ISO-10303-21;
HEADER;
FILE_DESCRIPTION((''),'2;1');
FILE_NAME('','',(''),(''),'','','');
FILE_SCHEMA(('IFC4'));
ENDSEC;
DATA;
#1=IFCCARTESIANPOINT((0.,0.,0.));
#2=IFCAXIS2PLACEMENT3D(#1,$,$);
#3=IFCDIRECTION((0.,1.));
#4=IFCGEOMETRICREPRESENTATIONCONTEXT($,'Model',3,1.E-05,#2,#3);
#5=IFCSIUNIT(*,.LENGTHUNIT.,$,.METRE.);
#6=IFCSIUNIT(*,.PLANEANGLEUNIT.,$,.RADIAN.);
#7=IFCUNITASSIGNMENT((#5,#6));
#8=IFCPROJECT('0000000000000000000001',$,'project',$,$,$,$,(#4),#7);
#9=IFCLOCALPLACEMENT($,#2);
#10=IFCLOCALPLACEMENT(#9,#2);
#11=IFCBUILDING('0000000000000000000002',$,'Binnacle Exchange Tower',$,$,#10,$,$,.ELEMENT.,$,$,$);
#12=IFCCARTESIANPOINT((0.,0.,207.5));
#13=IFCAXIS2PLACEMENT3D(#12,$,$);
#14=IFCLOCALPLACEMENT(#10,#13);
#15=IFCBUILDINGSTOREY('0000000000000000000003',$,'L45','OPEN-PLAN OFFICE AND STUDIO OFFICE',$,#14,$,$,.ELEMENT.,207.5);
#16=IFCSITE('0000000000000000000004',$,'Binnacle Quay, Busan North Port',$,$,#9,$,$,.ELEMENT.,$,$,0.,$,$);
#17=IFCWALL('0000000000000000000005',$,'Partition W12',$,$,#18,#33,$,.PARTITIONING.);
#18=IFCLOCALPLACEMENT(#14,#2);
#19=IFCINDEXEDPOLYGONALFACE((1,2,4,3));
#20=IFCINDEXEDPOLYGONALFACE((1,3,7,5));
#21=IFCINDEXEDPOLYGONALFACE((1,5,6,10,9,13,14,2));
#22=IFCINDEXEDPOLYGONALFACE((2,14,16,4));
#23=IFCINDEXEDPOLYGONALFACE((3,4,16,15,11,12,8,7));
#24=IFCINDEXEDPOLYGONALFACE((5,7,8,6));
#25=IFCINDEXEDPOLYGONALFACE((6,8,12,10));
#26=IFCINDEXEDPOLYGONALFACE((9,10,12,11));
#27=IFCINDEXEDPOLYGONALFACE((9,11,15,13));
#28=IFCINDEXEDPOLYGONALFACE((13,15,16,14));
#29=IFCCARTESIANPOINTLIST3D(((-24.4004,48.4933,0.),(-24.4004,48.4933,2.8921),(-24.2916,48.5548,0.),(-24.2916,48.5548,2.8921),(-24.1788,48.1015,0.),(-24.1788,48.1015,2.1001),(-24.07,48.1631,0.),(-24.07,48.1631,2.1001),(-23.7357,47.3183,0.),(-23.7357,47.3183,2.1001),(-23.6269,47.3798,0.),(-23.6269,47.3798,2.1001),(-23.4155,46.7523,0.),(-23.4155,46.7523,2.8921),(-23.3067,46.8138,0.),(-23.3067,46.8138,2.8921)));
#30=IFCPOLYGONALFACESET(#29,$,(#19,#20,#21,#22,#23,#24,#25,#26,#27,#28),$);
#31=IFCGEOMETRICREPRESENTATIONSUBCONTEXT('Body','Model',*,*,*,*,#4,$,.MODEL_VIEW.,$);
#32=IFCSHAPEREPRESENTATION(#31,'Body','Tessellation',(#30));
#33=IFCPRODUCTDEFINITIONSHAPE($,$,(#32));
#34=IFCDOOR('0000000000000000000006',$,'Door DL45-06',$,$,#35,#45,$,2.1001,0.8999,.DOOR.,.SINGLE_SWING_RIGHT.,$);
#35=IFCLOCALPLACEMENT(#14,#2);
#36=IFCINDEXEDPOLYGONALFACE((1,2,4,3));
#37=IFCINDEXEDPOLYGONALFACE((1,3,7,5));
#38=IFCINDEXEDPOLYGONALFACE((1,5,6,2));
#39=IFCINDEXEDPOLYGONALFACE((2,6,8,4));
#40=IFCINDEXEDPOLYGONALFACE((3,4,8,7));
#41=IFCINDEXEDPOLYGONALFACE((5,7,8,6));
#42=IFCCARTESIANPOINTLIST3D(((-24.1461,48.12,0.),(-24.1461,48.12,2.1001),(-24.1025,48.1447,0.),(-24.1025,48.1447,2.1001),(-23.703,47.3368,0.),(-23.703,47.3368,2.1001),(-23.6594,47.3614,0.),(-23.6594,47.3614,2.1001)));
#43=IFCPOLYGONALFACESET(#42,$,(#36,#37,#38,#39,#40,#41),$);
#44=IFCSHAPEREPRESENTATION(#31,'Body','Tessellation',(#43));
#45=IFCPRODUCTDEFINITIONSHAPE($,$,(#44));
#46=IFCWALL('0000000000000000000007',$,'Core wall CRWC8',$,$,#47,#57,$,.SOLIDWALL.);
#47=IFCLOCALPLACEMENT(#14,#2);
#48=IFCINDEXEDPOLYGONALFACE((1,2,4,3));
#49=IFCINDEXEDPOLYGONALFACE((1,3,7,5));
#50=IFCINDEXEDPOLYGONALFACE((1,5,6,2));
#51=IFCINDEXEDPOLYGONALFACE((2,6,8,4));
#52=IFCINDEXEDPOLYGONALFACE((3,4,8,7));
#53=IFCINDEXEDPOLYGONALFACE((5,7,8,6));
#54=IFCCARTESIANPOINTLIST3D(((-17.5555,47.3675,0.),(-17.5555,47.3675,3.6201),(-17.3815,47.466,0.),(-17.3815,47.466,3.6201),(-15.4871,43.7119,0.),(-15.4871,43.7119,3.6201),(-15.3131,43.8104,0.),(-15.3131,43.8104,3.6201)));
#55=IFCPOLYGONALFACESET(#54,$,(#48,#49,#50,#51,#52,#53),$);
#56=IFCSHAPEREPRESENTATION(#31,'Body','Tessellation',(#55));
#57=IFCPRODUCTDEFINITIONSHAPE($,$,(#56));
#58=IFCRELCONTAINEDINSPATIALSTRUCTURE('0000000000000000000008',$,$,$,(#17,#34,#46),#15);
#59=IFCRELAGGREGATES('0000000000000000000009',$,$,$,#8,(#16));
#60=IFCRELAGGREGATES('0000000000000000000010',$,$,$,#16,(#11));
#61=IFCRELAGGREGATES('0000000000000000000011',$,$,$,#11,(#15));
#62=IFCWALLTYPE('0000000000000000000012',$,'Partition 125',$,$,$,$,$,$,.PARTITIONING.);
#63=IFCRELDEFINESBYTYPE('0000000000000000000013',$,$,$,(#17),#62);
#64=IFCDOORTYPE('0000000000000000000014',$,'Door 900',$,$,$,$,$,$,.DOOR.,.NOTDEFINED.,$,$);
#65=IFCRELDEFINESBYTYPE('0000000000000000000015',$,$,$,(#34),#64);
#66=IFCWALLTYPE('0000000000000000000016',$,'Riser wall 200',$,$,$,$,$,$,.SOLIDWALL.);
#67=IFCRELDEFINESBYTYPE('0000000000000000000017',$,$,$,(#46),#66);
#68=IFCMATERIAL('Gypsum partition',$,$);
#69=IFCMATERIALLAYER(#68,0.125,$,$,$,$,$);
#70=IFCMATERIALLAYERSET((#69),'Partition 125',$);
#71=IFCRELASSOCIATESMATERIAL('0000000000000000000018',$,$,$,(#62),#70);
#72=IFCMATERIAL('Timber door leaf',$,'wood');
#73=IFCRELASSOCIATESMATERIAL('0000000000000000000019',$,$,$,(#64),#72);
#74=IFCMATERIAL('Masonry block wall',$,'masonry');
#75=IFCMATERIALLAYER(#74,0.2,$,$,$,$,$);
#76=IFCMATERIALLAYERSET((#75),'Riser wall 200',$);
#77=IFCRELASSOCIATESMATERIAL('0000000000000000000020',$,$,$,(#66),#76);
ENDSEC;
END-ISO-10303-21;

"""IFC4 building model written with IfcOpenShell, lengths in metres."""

from ifc_helpers import new_model, si_unit, direction, frame, frame_2d, origin, place, context, subcontext, project, spatial, rectangle, extrude, material, layer, layer_set, type_object, element, fill, save


model = new_model("IFC4")

# Units and contexts
model_context = context("Model", 3, precision=1e-05, world=origin(), true_north=direction((0.0, 1.0)))
body_context = subcontext(model_context, "Body", "Model", "MODEL_VIEW")
ifc_project = project(units=[si_unit("LENGTHUNIT", "METRE"), si_unit("PLANEANGLEUNIT", "RADIAN")], contexts=[model_context])

# Site, building, storey
site_placement = place(None, origin())
site = spatial("IfcSite", under=ifc_project, at=site_placement, Name="Binnacle Quay, Busan North Port", CompositionType="ELEMENT", RefElevation=0.0)
building_placement = place(site_placement, origin())
building = spatial("IfcBuilding", under=site, at=building_placement, Name="Binnacle Exchange Tower", CompositionType="ELEMENT")
storey_placement = place(building_placement, frame((0.0, 0.0, 207.5)))
storey = spatial("IfcBuildingStorey", under=building, at=storey_placement, Name="L45", Description="OPEN-PLAN OFFICE AND STUDIO OFFICE", CompositionType="ELEMENT", Elevation=207.5)

# Shared definitions
ifc_material_1 = material(Name="Gypsum partition")
ifc_layer_1 = layer(ifc_material_1, 0.125)
ifc_layer_set_1 = layer_set([ifc_layer_1], Name="Partition 125")
wall_type_1 = type_object("IfcWallType", Name="Partition 125", PredefinedType="PARTITIONING", material=ifc_layer_set_1)

# Wall, opening, door
wall_1_placement = place(storey_placement, frame((-24.3459, 48.5239, 0.0), z_axis=(0.0, 0.0, 1.0), x_axis=(0.492375, -0.870383, 0.0)))
wall_1 = element("IfcWall", 1, at=wall_1_placement, inside=storey, type_object=wall_type_1, Name="Partition W12", PredefinedType="PARTITIONING", context=body_context, shape_type="SweptSolid", body=[
    extrude(rectangle(XDim=2.0002, YDim=0.125, at=frame_2d((1.0, 0.0))), origin(), (0.0, 0.0, 1.0), 2.8921),
])
opening_1_placement = place(wall_1_placement, frame((0.45, 0.0, 0.0)))
opening_1 = element("IfcOpeningElement", 2, at=opening_1_placement, cuts=wall_1, PredefinedType="OPENING", context=body_context, shape_type="SweptSolid", body=[
    extrude(rectangle(XDim=0.8999, YDim=2.1001, at=frame_2d((0.45, 1.05))), frame((0.0, 0.0725, 0.0), z_axis=(0.0, -1.0, 0.0), x_axis=(1.0, 0.0, 0.0)), (0.0, 0.0, 1.0), 0.145),
])
ifc_material_2 = material(Name="Timber door leaf", Category="wood")
door_type_1 = type_object("IfcDoorType", Name="Door 900", OperationType="NOTDEFINED", PredefinedType="DOOR", material=ifc_material_2)
door_1_placement = place(opening_1_placement, frame((0.8999, 0.0, 0.0), z_axis=(0.0, 0.0, 1.0), x_axis=(-1.0, 0.0, 0.0)))
door_1 = element("IfcDoor", 3, at=door_1_placement, inside=storey, type_object=door_type_1, Name="Door DL45-06", OperationType="SINGLE_SWING_RIGHT", OverallHeight=2.1001, OverallWidth=0.8999, PredefinedType="DOOR", context=body_context, shape_type="SweptSolid", body=[
    extrude(rectangle(XDim=0.8999, YDim=2.1001, at=frame_2d((0.45, 1.05))), frame((0.0, 0.0249, 0.0), z_axis=(0.0, -1.0, 0.0), x_axis=(1.0, 0.0, 0.0)), (0.0, 0.0, 1.0), 0.05),
])
fill(opening_1, door_1)

# Wall
ifc_material_3 = material(Name="Masonry block wall", Category="masonry")
ifc_layer_2 = layer(ifc_material_3, 0.2)
ifc_layer_set_2 = layer_set([ifc_layer_2], Name="Riser wall 200")
wall_type_2 = type_object("IfcWallType", Name="Riser wall 200", PredefinedType="SOLIDWALL", material=ifc_layer_set_2)
wall_2_placement = place(storey_placement, frame((-17.4685, 47.4167, 0.0), z_axis=(0.0, 0.0, 1.0), x_axis=(0.492454, -0.870339, 0.0)))
element("IfcWall", 4, at=wall_2_placement, inside=storey, type_object=wall_type_2, Name="Core wall CRWC8", PredefinedType="SOLIDWALL", context=body_context, shape_type="SweptSolid", body=[
    extrude(rectangle(XDim=4.2002, YDim=0.2, at=frame_2d((2.1001, 0.0))), origin(), (0.0, 0.0, 1.0), 3.6201),
])

save(model, "model.ifc")
